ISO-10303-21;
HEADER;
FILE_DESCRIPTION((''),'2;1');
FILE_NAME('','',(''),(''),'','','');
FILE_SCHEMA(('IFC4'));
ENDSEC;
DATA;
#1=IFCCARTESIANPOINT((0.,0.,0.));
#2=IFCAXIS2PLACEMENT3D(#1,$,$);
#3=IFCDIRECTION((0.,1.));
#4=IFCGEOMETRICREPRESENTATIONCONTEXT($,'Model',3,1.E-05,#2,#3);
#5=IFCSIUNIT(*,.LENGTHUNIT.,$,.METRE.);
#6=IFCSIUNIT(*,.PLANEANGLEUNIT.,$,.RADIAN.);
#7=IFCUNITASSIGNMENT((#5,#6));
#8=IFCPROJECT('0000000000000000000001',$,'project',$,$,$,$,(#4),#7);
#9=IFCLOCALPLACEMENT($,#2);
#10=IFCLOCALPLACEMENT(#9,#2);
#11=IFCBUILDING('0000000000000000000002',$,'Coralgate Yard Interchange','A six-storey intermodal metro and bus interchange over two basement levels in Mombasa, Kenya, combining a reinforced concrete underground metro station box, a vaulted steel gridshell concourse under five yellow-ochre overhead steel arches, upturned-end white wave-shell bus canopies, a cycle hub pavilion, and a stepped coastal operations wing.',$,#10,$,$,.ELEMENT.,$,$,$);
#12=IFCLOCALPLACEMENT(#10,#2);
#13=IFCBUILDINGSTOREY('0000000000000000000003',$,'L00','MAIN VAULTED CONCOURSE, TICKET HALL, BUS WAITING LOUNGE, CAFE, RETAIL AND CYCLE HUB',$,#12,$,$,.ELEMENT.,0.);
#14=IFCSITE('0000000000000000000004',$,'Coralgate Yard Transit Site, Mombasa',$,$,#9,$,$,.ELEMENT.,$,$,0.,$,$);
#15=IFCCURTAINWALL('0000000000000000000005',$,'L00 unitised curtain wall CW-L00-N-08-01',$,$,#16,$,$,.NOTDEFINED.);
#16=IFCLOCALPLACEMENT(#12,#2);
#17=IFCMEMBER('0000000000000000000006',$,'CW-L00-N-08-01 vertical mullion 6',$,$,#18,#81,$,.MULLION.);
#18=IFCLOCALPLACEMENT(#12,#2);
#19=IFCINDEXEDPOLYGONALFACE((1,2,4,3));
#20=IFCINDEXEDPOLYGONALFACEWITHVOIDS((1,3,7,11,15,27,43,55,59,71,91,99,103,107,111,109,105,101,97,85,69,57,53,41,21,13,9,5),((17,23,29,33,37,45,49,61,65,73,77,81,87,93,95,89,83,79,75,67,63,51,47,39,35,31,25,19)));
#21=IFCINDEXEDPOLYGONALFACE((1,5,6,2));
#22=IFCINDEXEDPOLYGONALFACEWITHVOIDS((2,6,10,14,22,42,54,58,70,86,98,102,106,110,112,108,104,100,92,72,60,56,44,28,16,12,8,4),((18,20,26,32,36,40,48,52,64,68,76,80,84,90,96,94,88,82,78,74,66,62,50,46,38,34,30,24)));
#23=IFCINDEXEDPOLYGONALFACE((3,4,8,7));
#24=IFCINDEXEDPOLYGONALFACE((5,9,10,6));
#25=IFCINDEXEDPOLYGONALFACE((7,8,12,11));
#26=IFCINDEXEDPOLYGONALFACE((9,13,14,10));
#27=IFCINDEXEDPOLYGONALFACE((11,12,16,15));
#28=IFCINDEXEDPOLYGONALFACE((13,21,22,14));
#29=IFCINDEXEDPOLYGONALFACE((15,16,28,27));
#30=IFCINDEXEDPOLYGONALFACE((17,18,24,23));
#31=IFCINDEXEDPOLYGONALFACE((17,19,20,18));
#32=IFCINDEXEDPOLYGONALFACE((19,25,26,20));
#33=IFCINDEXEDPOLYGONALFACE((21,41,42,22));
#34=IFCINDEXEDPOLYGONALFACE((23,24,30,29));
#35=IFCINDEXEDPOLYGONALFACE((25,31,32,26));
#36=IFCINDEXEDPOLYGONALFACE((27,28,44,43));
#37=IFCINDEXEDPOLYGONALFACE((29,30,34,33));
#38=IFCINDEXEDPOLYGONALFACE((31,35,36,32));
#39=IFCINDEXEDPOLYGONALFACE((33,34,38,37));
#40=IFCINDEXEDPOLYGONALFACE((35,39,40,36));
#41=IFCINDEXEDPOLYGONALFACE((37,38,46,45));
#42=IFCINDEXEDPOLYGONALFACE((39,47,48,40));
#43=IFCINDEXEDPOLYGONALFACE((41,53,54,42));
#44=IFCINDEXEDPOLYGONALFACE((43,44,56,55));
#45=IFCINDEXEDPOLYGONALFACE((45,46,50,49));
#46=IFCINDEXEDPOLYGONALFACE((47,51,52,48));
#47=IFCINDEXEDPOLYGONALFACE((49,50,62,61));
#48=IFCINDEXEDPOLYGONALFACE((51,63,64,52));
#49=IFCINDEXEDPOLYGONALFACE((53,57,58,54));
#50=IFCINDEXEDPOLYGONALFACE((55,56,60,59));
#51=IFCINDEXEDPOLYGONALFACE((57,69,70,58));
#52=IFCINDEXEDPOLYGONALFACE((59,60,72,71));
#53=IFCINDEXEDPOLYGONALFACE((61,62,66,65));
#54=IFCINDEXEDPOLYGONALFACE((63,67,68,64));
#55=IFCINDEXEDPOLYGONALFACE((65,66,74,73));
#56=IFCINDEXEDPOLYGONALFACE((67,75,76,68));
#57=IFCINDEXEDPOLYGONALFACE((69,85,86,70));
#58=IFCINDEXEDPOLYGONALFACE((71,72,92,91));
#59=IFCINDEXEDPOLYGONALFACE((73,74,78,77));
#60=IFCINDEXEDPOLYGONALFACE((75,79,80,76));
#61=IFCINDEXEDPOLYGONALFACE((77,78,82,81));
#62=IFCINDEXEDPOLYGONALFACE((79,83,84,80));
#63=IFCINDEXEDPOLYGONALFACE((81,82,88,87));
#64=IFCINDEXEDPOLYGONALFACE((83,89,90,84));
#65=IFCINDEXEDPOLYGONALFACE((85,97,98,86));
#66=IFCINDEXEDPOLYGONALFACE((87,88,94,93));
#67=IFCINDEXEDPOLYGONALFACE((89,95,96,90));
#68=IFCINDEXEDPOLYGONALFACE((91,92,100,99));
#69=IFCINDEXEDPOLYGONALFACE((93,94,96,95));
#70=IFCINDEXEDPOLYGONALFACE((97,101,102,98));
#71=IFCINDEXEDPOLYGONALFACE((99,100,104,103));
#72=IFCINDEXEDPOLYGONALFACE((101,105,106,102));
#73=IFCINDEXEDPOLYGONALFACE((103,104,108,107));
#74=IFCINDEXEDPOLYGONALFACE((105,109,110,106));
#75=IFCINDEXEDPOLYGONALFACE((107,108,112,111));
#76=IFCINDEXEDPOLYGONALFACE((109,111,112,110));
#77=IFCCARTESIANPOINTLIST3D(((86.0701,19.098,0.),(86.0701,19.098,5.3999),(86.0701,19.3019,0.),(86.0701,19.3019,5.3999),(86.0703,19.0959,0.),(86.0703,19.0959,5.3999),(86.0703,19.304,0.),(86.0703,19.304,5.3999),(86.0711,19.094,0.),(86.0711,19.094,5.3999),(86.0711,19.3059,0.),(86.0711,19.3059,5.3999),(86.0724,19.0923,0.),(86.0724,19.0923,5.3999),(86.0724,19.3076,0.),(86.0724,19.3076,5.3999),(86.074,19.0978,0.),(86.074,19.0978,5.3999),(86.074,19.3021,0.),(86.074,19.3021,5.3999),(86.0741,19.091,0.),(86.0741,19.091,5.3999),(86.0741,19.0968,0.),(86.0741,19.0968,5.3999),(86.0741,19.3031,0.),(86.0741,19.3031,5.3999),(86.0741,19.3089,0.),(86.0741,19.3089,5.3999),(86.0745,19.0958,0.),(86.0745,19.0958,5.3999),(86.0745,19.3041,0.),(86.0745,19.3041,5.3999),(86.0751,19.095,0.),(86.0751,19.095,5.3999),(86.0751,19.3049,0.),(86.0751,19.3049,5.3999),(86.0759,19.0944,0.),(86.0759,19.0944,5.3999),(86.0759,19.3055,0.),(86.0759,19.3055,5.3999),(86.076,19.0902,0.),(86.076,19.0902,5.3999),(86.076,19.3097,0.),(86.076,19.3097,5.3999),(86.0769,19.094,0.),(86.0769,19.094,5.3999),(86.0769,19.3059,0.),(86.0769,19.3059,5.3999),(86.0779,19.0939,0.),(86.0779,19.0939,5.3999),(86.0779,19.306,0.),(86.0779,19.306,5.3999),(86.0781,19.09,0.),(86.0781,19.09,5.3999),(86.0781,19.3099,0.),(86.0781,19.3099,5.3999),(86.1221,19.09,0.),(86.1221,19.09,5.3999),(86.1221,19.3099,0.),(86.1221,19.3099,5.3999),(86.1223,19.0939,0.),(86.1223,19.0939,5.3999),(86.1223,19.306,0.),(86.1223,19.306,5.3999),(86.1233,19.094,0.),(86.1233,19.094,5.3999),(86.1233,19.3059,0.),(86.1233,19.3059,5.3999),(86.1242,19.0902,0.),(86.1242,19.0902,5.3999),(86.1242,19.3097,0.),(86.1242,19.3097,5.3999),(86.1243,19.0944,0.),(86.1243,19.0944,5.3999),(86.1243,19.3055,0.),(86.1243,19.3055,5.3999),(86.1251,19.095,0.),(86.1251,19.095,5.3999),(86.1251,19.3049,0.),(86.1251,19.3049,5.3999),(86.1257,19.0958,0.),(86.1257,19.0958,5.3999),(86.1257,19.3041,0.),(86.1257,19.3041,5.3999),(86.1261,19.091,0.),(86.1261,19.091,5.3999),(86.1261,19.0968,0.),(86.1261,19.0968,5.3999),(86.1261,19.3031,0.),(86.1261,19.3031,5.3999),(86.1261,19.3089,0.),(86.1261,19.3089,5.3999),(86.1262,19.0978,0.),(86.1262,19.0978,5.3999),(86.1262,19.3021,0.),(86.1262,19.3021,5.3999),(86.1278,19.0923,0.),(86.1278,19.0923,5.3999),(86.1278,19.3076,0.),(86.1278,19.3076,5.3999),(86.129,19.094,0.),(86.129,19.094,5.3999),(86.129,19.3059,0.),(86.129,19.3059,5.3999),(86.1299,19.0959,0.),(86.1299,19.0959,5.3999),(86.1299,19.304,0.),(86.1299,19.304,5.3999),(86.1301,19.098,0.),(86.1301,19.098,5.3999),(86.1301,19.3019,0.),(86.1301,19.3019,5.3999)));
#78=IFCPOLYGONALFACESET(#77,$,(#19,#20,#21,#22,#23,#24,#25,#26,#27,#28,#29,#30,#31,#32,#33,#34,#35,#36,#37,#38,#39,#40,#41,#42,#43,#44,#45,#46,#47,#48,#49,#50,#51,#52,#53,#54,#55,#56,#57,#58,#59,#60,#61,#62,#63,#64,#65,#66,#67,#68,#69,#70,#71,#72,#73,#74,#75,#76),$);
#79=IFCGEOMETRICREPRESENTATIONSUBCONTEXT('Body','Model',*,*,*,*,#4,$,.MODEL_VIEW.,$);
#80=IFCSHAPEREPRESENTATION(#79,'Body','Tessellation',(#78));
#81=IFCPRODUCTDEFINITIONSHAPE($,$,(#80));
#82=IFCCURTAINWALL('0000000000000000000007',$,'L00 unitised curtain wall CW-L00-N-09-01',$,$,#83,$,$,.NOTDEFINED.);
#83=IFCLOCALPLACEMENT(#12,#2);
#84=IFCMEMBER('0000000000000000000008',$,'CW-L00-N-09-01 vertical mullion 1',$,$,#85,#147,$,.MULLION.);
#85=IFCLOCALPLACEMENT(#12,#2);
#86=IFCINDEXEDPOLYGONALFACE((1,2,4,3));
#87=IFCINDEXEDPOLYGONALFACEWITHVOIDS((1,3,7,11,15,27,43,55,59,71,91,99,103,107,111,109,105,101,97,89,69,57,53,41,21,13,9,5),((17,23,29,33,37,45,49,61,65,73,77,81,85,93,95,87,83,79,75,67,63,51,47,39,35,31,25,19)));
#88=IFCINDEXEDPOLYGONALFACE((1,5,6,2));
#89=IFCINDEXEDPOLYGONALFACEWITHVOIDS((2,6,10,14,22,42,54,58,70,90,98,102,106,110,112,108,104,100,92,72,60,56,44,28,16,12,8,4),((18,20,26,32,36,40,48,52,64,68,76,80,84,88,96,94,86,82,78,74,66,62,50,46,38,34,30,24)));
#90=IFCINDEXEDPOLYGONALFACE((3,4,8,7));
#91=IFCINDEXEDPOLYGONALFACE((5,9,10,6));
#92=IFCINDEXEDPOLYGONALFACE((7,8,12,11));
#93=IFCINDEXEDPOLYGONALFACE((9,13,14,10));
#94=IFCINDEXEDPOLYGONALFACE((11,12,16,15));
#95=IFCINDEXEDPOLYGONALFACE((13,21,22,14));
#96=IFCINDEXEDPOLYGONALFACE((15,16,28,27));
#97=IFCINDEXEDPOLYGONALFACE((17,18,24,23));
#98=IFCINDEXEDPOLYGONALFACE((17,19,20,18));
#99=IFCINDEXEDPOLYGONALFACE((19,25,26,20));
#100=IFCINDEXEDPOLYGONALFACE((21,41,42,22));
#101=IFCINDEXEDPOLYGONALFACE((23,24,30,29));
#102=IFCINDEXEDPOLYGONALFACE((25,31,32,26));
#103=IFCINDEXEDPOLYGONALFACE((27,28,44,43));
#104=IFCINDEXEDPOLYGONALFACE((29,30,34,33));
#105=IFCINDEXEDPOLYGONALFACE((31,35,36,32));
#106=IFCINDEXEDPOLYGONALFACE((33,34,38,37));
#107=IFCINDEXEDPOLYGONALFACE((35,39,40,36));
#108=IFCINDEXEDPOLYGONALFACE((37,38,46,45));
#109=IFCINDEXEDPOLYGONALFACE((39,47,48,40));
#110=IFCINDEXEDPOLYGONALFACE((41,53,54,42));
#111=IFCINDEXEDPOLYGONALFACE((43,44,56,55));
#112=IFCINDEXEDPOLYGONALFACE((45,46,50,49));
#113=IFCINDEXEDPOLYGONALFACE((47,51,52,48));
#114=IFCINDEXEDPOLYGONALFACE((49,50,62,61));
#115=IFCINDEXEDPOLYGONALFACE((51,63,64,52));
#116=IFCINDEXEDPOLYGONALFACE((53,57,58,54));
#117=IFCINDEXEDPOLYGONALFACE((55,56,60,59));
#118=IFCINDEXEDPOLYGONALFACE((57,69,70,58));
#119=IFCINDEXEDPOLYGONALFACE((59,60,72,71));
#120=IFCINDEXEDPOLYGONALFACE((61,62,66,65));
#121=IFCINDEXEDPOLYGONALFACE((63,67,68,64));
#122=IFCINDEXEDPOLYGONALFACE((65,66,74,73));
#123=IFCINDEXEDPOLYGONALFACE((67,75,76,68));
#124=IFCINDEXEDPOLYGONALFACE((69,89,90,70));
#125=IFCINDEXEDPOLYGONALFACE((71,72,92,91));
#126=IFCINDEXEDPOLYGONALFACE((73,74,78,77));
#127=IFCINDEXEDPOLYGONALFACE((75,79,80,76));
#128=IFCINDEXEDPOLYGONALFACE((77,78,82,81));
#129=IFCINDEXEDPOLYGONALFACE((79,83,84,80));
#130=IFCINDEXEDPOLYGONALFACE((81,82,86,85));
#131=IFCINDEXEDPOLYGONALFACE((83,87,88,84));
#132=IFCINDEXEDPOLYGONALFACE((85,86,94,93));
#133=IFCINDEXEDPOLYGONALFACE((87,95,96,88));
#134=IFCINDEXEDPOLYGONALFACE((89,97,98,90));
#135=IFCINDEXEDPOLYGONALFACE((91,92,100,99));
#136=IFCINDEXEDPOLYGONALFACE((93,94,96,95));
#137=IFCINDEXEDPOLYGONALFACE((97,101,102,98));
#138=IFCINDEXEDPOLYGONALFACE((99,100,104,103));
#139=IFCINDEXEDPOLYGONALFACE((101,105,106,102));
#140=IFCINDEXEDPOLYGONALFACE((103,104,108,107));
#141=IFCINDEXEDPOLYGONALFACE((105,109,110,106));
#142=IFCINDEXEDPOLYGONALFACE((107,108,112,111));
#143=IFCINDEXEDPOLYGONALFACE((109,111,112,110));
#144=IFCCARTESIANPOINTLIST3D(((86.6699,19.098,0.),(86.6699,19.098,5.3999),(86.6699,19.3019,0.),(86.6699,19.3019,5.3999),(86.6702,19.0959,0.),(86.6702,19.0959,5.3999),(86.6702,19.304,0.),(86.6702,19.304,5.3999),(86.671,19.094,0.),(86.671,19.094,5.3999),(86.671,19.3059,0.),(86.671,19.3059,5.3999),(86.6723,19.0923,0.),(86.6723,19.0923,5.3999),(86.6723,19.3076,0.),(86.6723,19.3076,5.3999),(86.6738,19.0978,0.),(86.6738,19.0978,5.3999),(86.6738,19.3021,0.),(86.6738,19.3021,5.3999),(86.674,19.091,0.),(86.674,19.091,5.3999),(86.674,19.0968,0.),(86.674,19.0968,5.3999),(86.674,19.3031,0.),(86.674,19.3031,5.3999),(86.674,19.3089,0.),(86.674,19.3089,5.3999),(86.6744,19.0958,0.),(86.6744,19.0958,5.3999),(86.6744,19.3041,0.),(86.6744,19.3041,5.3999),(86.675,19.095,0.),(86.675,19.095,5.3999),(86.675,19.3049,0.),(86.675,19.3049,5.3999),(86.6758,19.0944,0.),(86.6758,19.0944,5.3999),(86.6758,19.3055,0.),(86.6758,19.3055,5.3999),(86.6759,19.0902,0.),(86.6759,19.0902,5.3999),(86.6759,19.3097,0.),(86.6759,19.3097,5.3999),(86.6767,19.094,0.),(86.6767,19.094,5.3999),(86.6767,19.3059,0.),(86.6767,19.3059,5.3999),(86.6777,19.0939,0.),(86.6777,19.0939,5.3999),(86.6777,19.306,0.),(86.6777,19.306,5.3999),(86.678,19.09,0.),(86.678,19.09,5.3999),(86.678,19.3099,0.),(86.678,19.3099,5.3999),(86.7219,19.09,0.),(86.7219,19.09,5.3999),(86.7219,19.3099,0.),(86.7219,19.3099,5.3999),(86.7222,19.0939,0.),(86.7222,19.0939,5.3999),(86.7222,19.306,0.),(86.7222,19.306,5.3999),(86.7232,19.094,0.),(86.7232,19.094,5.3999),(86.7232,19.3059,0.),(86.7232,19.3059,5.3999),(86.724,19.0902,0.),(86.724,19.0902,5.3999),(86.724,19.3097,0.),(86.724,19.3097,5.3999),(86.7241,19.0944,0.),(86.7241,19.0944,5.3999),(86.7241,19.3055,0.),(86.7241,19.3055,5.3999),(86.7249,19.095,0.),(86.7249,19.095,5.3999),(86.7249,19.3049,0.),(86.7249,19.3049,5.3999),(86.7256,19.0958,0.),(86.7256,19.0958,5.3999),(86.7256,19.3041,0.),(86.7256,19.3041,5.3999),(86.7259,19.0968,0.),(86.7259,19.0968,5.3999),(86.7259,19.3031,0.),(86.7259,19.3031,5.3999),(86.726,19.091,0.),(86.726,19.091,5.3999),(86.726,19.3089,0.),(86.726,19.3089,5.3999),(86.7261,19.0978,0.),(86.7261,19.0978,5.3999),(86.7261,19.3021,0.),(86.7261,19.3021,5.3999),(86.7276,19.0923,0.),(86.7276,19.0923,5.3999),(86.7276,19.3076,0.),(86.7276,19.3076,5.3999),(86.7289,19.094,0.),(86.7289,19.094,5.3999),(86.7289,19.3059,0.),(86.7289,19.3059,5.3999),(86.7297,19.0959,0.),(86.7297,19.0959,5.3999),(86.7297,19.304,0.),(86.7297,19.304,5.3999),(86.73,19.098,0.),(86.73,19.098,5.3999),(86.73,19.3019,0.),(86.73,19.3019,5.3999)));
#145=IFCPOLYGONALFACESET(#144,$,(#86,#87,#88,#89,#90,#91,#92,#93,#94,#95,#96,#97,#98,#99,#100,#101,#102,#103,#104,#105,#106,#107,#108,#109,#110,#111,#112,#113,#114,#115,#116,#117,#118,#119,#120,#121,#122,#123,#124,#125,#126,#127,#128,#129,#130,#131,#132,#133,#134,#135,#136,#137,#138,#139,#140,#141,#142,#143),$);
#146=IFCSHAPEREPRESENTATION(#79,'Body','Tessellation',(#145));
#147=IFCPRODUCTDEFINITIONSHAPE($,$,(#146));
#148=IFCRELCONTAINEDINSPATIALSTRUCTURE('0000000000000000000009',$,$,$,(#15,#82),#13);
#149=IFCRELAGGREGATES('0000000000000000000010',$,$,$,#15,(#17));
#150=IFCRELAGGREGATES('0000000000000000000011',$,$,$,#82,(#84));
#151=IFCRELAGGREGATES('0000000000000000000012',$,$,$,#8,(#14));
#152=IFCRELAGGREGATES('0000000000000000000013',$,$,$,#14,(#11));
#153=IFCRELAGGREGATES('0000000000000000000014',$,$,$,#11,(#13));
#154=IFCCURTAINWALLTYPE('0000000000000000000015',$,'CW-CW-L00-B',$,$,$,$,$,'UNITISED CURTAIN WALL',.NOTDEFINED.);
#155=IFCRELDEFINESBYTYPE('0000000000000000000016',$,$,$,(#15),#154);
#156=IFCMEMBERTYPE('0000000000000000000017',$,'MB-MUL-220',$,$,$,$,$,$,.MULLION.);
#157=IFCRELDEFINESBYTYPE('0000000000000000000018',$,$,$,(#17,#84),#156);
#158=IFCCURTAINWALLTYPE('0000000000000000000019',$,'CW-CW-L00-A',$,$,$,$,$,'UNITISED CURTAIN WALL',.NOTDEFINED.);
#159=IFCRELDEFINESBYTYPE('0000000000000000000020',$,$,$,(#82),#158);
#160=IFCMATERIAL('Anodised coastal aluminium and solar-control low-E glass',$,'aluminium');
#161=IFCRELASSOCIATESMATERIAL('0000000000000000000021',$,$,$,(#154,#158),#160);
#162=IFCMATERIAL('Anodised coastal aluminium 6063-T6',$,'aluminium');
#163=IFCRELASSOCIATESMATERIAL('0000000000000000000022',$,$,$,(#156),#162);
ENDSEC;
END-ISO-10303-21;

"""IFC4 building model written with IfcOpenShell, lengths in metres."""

from ifc_helpers import new_model, si_unit, direction, frame, origin, origin_2d, place, context, subcontext, project, spatial, hollow_rectangle, extrude, material, material_profile, profile_set, type_object, element, aggregate, save


model = new_model("IFC4")

# Units and contexts
model_context = context("Model", 3, precision=1e-05, world=origin(), true_north=direction((0.0, 1.0)))
body_context = subcontext(model_context, "Body", "Model", "MODEL_VIEW")
ifc_project = project(units=[si_unit("LENGTHUNIT", "METRE"), si_unit("PLANEANGLEUNIT", "RADIAN")], contexts=[model_context])

# Site, building, storey
site_placement = place(None, origin())
site = spatial("IfcSite", under=ifc_project, at=site_placement, Name="Coralgate Yard Transit Site, Mombasa", CompositionType="ELEMENT", RefElevation=0.0)
building_placement = place(site_placement, origin())
building = spatial("IfcBuilding", under=site, at=building_placement, Name="Coralgate Yard Interchange", Description="A six-storey intermodal metro and bus interchange over two basement levels in Mombasa, Kenya, combining a reinforced concrete underground metro station box, a vaulted steel gridshell concourse under five yellow-ochre overhead steel arches, upturned-end white wave-shell bus canopies, a cycle hub pavilion, and a stepped coastal operations wing.", CompositionType="ELEMENT")
storey_placement = place(building_placement, origin())
storey = spatial("IfcBuildingStorey", under=building, at=storey_placement, Name="L00", Description="MAIN VAULTED CONCOURSE, TICKET HALL, BUS WAITING LOUNGE, CAFE, RETAIL AND CYCLE HUB", CompositionType="ELEMENT", Elevation=0.0)

# Curtain wall, member
ifc_material_1 = material(Name="Anodised coastal aluminium and solar-control low-E glass", Category="aluminium")
curtain_wall_type_1 = type_object("IfcCurtainWallType", Name="CW-CW-L00-B", ElementType="UNITISED CURTAIN WALL", PredefinedType="NOTDEFINED", material=ifc_material_1)
curtain_wall_1_placement = place(storey_placement, origin())
curtain_wall_1 = element("IfcCurtainWall", 1, at=curtain_wall_1_placement, inside=storey, type_object=curtain_wall_type_1, Name="L00 unitised curtain wall CW-L00-N-08-01", PredefinedType="NOTDEFINED")
ifc_material_2 = material(Name="Anodised coastal aluminium 6063-T6", Category="aluminium")
ifc_material_profile_1 = material_profile(ifc_material_2, hollow_rectangle(XDim=0.0601, YDim=0.22, WallThickness=0.0039, InnerFilletRadius=0.0039, OuterFilletRadius=0.0081, at=origin_2d()), Name="ALU 60x220x4")
ifc_profile_set_1 = profile_set([ifc_material_profile_1], Name="Anodised coastal aluminium 6063-T6")
member_type_1 = type_object("IfcMemberType", Name="MB-MUL-220", PredefinedType="MULLION", material=ifc_profile_set_1)
member_1_placement = place(storey_placement, frame((86.1001, 19.2, 0.0), z_axis=(0.0, 0.0, 1.0), x_axis=(1.0, 0.0, 0.0)))
member_1 = element("IfcMember", 2, at=member_1_placement, type_object=member_type_1, Name="CW-L00-N-08-01 vertical mullion 6", PredefinedType="MULLION", context=body_context, shape_type="SweptSolid", body=[
    extrude(hollow_rectangle(XDim=0.0601, YDim=0.22, WallThickness=0.0039, InnerFilletRadius=0.0039, OuterFilletRadius=0.0081, at=origin_2d()), origin(), (0.0, 0.0, 1.0), 5.3999),
])

# Curtain wall, member
curtain_wall_type_2 = type_object("IfcCurtainWallType", Name="CW-CW-L00-A", ElementType="UNITISED CURTAIN WALL", PredefinedType="NOTDEFINED", material=ifc_material_1)
curtain_wall_2_placement = place(storey_placement, origin())
curtain_wall_2 = element("IfcCurtainWall", 3, at=curtain_wall_2_placement, inside=storey, type_object=curtain_wall_type_2, Name="L00 unitised curtain wall CW-L00-N-09-01", PredefinedType="NOTDEFINED")
member_2_placement = place(storey_placement, frame((86.7, 19.2, 0.0), z_axis=(0.0, 0.0, 1.0), x_axis=(1.0, 0.0, 0.0)))
member_2 = element("IfcMember", 4, at=member_2_placement, type_object=member_type_1, Name="CW-L00-N-09-01 vertical mullion 1", PredefinedType="MULLION", context=body_context, shape_type="SweptSolid", body=[
    extrude(hollow_rectangle(XDim=0.0601, YDim=0.22, WallThickness=0.0039, InnerFilletRadius=0.0039, OuterFilletRadius=0.0081, at=origin_2d()), origin(), (0.0, 0.0, 1.0), 5.3999),
])

aggregate(curtain_wall_1, [member_1])
aggregate(curtain_wall_2, [member_2])

save(model, "model.ifc")
